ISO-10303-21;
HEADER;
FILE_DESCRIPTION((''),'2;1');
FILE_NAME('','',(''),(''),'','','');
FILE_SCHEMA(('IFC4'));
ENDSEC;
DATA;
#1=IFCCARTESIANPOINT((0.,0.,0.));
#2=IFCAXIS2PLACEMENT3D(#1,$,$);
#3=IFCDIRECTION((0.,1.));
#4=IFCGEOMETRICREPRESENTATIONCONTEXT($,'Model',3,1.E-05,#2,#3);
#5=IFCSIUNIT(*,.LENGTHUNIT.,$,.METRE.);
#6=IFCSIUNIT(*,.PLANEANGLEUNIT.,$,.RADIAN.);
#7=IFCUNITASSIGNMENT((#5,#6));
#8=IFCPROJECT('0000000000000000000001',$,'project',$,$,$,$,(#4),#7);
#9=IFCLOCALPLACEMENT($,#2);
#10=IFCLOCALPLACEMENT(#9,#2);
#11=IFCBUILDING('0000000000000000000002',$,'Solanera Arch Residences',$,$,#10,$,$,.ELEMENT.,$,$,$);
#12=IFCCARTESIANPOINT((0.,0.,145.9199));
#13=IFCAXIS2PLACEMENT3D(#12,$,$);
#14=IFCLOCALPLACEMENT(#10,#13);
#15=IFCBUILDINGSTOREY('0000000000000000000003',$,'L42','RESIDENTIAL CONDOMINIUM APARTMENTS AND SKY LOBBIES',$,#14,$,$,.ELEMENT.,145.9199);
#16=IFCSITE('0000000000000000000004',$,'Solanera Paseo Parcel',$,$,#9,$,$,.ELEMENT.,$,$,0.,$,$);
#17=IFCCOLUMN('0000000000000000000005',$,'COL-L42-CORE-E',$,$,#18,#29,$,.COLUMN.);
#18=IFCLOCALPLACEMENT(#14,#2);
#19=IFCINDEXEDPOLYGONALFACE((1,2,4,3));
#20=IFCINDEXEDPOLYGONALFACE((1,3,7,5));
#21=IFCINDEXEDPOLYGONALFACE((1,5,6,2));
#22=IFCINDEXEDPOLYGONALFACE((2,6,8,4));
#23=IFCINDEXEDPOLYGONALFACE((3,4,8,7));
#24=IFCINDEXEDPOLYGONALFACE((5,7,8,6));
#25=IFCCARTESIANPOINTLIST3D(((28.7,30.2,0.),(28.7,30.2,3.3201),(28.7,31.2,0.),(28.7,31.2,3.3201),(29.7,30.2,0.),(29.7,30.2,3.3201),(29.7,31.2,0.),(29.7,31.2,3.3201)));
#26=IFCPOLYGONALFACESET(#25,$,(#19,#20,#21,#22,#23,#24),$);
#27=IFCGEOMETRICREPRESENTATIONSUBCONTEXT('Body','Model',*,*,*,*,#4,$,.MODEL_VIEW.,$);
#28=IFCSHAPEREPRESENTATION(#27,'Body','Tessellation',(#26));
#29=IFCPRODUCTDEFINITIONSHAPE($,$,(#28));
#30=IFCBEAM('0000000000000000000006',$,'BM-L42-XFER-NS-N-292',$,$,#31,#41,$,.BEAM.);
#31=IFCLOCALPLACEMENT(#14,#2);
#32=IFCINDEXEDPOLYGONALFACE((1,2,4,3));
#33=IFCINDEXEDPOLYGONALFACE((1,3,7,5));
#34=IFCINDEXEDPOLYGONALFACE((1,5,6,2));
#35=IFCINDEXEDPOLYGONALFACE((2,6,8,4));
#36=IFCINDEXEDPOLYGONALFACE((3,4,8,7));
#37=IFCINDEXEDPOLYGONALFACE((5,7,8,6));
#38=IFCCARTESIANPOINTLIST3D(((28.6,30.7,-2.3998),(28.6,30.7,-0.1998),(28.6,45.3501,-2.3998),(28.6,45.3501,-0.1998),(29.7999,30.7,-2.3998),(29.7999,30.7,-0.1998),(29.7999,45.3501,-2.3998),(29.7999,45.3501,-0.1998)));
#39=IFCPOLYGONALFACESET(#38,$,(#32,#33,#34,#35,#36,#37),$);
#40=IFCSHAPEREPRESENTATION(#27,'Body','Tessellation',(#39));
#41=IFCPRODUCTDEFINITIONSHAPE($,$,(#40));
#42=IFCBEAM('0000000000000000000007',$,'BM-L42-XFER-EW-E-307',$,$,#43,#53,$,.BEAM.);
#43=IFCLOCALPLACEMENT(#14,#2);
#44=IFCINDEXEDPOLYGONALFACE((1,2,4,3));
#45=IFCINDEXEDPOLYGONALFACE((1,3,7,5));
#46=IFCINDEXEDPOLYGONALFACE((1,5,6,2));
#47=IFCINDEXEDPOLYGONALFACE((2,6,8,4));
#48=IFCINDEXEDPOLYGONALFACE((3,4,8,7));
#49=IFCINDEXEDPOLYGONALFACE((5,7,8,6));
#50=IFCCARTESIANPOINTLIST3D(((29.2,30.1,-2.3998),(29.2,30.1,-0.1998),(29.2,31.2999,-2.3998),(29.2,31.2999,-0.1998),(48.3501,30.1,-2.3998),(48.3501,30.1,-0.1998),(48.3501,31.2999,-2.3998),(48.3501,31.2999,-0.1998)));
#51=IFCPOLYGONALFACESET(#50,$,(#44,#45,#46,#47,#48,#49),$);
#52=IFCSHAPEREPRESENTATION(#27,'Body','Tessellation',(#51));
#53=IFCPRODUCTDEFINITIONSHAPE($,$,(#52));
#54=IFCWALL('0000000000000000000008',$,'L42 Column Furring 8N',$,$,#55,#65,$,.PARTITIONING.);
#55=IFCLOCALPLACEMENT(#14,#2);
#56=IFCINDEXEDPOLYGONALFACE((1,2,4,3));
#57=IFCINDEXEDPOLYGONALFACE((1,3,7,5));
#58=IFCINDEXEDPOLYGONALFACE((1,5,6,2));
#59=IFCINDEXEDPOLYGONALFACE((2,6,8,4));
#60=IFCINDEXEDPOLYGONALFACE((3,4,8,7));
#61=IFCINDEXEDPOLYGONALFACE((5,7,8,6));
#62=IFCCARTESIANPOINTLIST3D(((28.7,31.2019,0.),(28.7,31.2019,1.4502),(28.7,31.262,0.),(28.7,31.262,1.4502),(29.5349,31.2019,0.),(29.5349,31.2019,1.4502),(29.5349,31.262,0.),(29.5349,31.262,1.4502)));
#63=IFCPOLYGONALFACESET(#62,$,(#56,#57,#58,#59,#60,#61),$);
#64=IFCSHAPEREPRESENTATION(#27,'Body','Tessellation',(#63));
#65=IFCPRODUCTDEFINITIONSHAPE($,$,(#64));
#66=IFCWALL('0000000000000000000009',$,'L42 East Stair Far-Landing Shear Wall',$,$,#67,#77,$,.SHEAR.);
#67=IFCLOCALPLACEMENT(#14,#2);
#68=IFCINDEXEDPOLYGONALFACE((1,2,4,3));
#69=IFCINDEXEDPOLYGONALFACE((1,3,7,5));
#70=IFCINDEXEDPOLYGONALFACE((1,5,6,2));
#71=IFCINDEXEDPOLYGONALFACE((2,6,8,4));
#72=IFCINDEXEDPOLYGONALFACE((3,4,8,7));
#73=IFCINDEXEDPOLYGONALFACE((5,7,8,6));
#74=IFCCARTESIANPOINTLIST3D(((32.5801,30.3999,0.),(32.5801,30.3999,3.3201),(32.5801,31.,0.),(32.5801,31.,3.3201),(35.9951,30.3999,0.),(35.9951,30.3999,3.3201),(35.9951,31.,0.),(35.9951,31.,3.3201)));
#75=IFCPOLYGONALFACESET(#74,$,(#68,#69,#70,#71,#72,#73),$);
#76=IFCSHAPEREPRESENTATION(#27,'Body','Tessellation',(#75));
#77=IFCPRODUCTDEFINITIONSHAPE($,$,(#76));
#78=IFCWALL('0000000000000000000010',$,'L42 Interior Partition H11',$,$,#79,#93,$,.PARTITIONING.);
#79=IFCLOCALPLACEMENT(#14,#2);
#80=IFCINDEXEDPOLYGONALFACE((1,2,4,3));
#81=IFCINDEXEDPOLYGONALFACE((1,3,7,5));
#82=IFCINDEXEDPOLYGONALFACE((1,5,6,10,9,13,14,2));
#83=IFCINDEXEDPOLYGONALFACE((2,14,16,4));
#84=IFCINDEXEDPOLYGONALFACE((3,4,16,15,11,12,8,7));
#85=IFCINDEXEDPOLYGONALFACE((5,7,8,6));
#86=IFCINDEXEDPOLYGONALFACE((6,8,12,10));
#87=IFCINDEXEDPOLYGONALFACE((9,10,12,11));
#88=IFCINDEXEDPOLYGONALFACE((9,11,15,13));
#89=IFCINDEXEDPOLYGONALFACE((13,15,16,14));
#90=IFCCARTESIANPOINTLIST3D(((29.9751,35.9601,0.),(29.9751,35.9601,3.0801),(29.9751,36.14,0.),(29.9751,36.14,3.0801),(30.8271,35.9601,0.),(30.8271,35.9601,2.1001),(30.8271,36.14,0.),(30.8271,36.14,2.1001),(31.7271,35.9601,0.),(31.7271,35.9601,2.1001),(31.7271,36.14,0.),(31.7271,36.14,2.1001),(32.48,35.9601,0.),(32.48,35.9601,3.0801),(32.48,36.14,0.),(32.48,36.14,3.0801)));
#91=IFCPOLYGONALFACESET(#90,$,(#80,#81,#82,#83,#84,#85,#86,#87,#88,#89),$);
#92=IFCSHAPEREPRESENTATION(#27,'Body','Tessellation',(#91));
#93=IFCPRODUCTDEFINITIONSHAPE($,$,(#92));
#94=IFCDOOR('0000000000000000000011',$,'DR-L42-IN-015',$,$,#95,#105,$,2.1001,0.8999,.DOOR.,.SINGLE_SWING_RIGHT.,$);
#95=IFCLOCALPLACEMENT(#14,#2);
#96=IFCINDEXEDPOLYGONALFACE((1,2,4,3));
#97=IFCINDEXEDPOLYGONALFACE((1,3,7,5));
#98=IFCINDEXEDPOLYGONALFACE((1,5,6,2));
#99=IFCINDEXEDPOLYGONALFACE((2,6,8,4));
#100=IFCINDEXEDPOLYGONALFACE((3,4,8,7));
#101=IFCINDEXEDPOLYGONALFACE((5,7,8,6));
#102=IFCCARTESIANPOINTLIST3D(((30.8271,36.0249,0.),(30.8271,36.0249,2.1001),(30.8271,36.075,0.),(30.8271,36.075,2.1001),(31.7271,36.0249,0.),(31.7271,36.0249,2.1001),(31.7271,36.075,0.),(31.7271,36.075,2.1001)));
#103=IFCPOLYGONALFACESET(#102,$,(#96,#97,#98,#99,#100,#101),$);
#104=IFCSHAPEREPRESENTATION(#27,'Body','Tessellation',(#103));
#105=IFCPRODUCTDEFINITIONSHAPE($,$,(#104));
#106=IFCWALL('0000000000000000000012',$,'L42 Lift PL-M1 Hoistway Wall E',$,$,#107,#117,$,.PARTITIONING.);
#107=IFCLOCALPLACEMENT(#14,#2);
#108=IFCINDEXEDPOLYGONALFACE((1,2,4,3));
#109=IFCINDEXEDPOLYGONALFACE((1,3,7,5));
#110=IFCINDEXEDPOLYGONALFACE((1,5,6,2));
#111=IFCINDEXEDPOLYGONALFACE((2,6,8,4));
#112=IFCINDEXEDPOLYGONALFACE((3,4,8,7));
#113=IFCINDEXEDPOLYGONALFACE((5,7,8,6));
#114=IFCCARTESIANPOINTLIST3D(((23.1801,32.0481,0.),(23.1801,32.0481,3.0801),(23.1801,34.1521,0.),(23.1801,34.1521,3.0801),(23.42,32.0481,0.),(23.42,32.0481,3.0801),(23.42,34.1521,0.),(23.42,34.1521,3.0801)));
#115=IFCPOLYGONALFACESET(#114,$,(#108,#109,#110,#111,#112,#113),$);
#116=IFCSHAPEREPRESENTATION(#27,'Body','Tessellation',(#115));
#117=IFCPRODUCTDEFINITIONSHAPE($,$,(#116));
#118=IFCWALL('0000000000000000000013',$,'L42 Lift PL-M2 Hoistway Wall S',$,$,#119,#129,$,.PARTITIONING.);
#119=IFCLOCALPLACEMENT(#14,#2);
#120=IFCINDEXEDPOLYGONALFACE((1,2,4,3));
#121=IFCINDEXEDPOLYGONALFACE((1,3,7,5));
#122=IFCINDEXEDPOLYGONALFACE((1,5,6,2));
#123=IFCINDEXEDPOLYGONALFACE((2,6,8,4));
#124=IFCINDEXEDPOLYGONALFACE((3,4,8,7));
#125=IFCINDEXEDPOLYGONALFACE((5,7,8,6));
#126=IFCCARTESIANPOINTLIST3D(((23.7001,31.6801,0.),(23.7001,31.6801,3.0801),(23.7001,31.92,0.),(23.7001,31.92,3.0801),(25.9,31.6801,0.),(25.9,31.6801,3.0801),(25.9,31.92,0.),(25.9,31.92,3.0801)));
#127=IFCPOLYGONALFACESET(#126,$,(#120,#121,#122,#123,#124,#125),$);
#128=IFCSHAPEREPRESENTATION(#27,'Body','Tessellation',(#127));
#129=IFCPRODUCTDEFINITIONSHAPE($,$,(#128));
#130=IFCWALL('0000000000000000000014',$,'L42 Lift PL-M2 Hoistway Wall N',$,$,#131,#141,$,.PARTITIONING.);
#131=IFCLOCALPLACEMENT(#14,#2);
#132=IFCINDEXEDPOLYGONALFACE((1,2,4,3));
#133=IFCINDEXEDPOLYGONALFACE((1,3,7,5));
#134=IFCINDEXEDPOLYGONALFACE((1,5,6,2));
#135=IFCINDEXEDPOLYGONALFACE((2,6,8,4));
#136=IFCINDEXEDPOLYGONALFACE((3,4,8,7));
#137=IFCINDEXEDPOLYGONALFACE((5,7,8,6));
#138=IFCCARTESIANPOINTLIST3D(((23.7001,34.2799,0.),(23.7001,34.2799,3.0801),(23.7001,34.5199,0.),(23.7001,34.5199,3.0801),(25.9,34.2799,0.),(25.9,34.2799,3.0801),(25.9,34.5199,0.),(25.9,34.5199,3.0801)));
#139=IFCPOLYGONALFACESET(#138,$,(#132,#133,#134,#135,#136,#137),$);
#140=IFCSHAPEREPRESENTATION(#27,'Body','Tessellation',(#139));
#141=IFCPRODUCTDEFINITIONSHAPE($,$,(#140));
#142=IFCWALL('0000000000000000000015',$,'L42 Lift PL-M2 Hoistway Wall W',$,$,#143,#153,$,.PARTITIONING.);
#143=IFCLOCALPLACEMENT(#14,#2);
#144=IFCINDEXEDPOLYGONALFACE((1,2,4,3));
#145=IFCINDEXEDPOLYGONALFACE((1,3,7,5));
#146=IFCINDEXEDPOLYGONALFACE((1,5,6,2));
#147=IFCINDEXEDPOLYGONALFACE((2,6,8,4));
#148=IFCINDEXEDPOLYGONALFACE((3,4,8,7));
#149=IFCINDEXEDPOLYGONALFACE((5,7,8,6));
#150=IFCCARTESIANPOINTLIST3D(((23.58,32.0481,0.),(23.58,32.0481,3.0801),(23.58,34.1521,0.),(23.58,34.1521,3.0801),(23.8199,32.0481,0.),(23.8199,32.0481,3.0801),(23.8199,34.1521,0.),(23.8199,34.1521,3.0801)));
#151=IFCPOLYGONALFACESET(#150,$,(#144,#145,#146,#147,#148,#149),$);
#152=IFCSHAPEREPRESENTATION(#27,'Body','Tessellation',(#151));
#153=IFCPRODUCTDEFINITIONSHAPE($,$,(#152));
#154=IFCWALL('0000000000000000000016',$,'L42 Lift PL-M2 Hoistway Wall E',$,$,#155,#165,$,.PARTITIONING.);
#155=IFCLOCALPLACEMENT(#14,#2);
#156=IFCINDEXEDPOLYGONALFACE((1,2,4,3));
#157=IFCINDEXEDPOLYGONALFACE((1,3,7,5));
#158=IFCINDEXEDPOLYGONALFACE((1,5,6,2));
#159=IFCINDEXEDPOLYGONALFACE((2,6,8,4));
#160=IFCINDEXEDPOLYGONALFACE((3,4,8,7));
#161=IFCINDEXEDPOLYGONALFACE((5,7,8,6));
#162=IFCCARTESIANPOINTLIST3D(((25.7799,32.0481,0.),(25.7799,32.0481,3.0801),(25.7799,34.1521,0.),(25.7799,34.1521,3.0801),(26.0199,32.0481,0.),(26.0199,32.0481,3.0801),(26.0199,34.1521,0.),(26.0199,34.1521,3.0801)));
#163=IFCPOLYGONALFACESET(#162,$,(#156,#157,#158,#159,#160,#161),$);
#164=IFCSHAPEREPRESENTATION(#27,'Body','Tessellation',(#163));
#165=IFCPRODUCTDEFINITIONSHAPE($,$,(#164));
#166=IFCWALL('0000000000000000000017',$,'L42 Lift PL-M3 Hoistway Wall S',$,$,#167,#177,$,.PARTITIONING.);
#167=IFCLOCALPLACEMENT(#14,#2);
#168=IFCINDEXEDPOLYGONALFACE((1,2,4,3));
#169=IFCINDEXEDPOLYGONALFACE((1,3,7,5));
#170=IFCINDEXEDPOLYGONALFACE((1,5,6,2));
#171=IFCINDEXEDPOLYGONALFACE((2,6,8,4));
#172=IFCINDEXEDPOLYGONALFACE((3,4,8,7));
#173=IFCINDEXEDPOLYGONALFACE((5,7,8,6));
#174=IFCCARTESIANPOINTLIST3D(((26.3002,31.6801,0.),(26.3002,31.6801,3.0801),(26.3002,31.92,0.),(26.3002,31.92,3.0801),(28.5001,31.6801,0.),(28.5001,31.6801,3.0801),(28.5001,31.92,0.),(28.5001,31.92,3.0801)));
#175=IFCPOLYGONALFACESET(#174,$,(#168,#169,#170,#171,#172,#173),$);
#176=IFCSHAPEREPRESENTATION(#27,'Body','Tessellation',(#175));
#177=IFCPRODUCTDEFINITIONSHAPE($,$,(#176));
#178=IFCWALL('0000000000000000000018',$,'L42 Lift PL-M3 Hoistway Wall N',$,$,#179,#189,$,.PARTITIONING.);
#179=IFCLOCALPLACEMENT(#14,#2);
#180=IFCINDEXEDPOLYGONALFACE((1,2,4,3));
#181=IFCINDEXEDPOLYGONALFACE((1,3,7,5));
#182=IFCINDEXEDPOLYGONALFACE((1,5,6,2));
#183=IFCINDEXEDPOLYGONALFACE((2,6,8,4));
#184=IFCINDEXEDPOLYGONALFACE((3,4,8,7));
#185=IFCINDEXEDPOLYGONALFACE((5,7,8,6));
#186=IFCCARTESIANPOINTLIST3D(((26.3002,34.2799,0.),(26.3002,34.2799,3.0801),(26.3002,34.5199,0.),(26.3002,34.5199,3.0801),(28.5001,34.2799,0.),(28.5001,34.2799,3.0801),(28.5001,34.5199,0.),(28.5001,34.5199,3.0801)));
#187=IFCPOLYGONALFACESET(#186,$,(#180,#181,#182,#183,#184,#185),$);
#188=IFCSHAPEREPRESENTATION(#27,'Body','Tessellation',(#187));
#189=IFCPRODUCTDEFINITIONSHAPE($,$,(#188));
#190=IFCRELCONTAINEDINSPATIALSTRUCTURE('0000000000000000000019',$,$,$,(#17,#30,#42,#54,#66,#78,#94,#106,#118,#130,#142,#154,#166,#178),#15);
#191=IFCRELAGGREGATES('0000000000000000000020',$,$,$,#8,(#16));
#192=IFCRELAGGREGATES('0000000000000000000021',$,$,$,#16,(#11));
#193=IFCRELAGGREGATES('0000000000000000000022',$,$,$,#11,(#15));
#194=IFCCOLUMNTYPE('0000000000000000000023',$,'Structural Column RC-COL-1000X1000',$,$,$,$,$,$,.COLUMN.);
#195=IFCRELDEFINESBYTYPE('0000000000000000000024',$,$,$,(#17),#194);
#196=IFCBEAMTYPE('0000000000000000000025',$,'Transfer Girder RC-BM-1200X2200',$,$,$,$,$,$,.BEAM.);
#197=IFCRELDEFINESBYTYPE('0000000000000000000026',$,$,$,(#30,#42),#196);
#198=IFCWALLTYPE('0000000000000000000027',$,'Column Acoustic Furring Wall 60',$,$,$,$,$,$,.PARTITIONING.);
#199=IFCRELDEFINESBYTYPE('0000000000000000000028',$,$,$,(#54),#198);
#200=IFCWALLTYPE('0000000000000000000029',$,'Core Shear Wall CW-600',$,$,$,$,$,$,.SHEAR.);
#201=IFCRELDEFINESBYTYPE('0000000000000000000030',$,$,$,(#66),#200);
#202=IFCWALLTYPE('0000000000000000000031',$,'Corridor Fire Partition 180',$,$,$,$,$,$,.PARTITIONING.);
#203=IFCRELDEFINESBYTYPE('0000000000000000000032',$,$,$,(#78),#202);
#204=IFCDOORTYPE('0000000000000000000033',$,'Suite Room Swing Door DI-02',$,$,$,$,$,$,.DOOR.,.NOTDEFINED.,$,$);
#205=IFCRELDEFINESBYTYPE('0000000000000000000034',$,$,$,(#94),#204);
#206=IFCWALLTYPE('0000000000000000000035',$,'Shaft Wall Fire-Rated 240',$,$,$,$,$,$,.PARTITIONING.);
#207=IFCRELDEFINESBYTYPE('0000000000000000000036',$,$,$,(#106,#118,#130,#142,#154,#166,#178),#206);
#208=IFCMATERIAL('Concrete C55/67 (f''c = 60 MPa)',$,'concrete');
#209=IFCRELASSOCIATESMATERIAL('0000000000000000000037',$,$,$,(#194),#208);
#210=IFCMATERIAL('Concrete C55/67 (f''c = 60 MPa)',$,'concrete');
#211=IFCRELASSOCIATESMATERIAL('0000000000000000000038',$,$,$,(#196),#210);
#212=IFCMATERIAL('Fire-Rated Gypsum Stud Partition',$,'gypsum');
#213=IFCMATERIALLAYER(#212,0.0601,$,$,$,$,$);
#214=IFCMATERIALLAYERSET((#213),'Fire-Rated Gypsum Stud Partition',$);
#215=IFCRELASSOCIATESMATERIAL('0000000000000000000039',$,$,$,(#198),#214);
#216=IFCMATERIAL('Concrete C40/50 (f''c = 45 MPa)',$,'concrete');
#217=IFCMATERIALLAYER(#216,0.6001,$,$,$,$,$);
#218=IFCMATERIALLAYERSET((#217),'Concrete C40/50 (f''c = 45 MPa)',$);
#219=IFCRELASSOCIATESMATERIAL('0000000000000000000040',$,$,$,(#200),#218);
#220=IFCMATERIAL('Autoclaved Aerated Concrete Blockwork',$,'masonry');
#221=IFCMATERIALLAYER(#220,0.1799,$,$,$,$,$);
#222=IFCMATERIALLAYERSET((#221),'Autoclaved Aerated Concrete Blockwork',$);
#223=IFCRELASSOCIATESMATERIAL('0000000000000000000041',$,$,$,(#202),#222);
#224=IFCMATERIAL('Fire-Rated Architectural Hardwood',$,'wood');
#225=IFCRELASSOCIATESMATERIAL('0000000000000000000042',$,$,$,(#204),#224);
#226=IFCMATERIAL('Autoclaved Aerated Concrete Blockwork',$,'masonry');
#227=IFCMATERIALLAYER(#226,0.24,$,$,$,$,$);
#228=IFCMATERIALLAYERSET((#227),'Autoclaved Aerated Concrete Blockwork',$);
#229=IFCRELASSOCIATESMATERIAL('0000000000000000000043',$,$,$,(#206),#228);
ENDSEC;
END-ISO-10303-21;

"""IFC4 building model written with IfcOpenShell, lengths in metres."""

from ifc_helpers import new_model, si_unit, direction, frame, frame_2d, origin, origin_2d, place, context, subcontext, project, spatial, rectangle, extrude, material, layer, layer_set, material_profile, profile_set, type_object, element, fill, save


model = new_model("IFC4")

# Units and contexts
model_context = context("Model", 3, precision=1e-05, world=origin(), true_north=direction((0.0, 1.0)))
body_context = subcontext(model_context, "Body", "Model", "MODEL_VIEW")
ifc_project = project(units=[si_unit("LENGTHUNIT", "METRE"), si_unit("PLANEANGLEUNIT", "RADIAN")], contexts=[model_context])

# Site, building, storey
site_placement = place(None, origin())
site = spatial("IfcSite", under=ifc_project, at=site_placement, Name="Solanera Paseo Parcel", CompositionType="ELEMENT", RefElevation=0.0)
building_placement = place(site_placement, origin())
building = spatial("IfcBuilding", under=site, at=building_placement, Name="Solanera Arch Residences", CompositionType="ELEMENT")
storey_placement = place(building_placement, frame((0.0, 0.0, 145.9199)))
storey = spatial("IfcBuildingStorey", under=building, at=storey_placement, Name="L42", Description="RESIDENTIAL CONDOMINIUM APARTMENTS AND SKY LOBBIES", CompositionType="ELEMENT", Elevation=145.9199)

# Column
ifc_material_1 = material(Name="Concrete C55/67 (f'c = 60 MPa)", Category="concrete")
ifc_material_profile_1 = material_profile(ifc_material_1, rectangle(XDim=1.0, YDim=1.0, at=origin_2d()))
ifc_profile_set_1 = profile_set([ifc_material_profile_1], Name="Concrete C55/67 (f'c = 60 MPa)")
column_type = type_object("IfcColumnType", Name="Structural Column RC-COL-1000X1000", PredefinedType="COLUMN", material=ifc_profile_set_1)
column_placement = place(storey_placement, frame((29.2, 30.7, 0.0), z_axis=(0.0, 0.0, 1.0), x_axis=(1.0, 0.0, 0.0)))
element("IfcColumn", 1, at=column_placement, inside=storey, type_object=column_type, Name="COL-L42-CORE-E", PredefinedType="COLUMN", context=body_context, shape_type="SweptSolid", body=[
    extrude(rectangle(XDim=1.0, YDim=1.0, at=origin_2d()), origin(), (0.0, 0.0, 1.0), 3.3201),
])

# Beams
ifc_material_2 = material(Name="Concrete C55/67 (f'c = 60 MPa)", Category="concrete")
ifc_material_profile_2 = material_profile(ifc_material_2, rectangle(XDim=1.2, YDim=2.2, at=origin_2d()))
ifc_profile_set_2 = profile_set([ifc_material_profile_2], Name="Concrete C55/67 (f'c = 60 MPa)")
beam_type = type_object("IfcBeamType", Name="Transfer Girder RC-BM-1200X2200", PredefinedType="BEAM", material=ifc_profile_set_2)
beam_1_placement = place(storey_placement, frame((29.2, 30.7, -1.2998), z_axis=(0.0, 1.0, 0.0), x_axis=(-1.0, 0.0, 0.0)))
element("IfcBeam", 2, at=beam_1_placement, inside=storey, type_object=beam_type, Name="BM-L42-XFER-NS-N-292", PredefinedType="BEAM", context=body_context, shape_type="SweptSolid", body=[
    extrude(rectangle(XDim=1.2, YDim=2.2, at=origin_2d()), origin(), (0.0, 0.0, 1.0), 14.6501),
])
beam_2_placement = place(storey_placement, frame((29.2, 30.7, -1.2998), z_axis=(1.0, 0.0, 0.0), x_axis=(0.0, 1.0, 0.0)))
element("IfcBeam", 3, at=beam_2_placement, inside=storey, type_object=beam_type, Name="BM-L42-XFER-EW-E-307", PredefinedType="BEAM", context=body_context, shape_type="SweptSolid", body=[
    extrude(rectangle(XDim=1.2, YDim=2.2, at=origin_2d()), origin(), (0.0, 0.0, 1.0), 19.1501),
])

# Walls
ifc_material_3 = material(Name="Fire-Rated Gypsum Stud Partition", Category="gypsum")
ifc_layer_1 = layer(ifc_material_3, 0.0601)
ifc_layer_set_1 = layer_set([ifc_layer_1], Name="Fire-Rated Gypsum Stud Partition")
wall_type_1 = type_object("IfcWallType", Name="Column Acoustic Furring Wall 60", PredefinedType="PARTITIONING", material=ifc_layer_set_1)
wall_1_placement = place(storey_placement, frame((28.7, 31.2319, 0.0), z_axis=(0.0, 0.0, 1.0), x_axis=(1.0, 0.0, 0.0)))
element("IfcWall", 4, at=wall_1_placement, inside=storey, type_object=wall_type_1, Name="L42 Column Furring 8N", PredefinedType="PARTITIONING", context=body_context, shape_type="SweptSolid", body=[
    extrude(rectangle(XDim=0.835, YDim=0.0601, at=frame_2d((0.4175, 0.0))), origin(), (0.0, 0.0, 1.0), 1.4502),
])
ifc_material_4 = material(Name="Concrete C40/50 (f'c = 45 MPa)", Category="concrete")
ifc_layer_2 = layer(ifc_material_4, 0.6001)
ifc_layer_set_2 = layer_set([ifc_layer_2], Name="Concrete C40/50 (f'c = 45 MPa)")
wall_type_2 = type_object("IfcWallType", Name="Core Shear Wall CW-600", PredefinedType="SHEAR", material=ifc_layer_set_2)
wall_2_placement = place(storey_placement, frame((32.5801, 30.7, 0.0), z_axis=(0.0, 0.0, 1.0), x_axis=(1.0, 0.0, 0.0)))
element("IfcWall", 5, at=wall_2_placement, inside=storey, type_object=wall_type_2, Name="L42 East Stair Far-Landing Shear Wall", PredefinedType="SHEAR", context=body_context, shape_type="SweptSolid", body=[
    extrude(rectangle(XDim=3.415, YDim=0.6001, at=frame_2d((1.7075, 0.0))), origin(), (0.0, 0.0, 1.0), 3.3201),
])

# Wall, opening, door
ifc_material_5 = material(Name="Autoclaved Aerated Concrete Blockwork", Category="masonry")
ifc_layer_3 = layer(ifc_material_5, 0.1799)
ifc_layer_set_3 = layer_set([ifc_layer_3], Name="Autoclaved Aerated Concrete Blockwork")
wall_type_3 = type_object("IfcWallType", Name="Corridor Fire Partition 180", PredefinedType="PARTITIONING", material=ifc_layer_set_3)
wall_3_placement = place(storey_placement, frame((29.9751, 36.05, 0.0), z_axis=(0.0, 0.0, 1.0), x_axis=(1.0, 0.0, 0.0)))
wall_3 = element("IfcWall", 6, at=wall_3_placement, inside=storey, type_object=wall_type_3, Name="L42 Interior Partition H11", PredefinedType="PARTITIONING", context=body_context, shape_type="SweptSolid", body=[
    extrude(rectangle(XDim=2.5049, YDim=0.1799, at=frame_2d((1.2524, 0.0))), origin(), (0.0, 0.0, 1.0), 3.0801),
])
opening_1_placement = place(wall_3_placement, frame((0.8521, 0.0, 0.0)))
opening_1 = element("IfcOpeningElement", 7, at=opening_1_placement, cuts=wall_3, PredefinedType="OPENING", context=body_context, shape_type="SweptSolid", body=[
    extrude(rectangle(XDim=0.8999, YDim=2.1001, at=frame_2d((0.45, 1.05))), frame((0.0, 0.1001, 0.0), z_axis=(0.0, -1.0, 0.0), x_axis=(1.0, 0.0, 0.0)), (0.0, 0.0, 1.0), 0.1999),
])
ifc_material_6 = material(Name="Fire-Rated Architectural Hardwood", Category="wood")
door_type_1 = type_object("IfcDoorType", Name="Suite Room Swing Door DI-02", OperationType="NOTDEFINED", PredefinedType="DOOR", material=ifc_material_6)
door_1_placement = place(opening_1_placement, origin())
door_1 = element("IfcDoor", 8, at=door_1_placement, inside=storey, type_object=door_type_1, Name="DR-L42-IN-015", OperationType="SINGLE_SWING_RIGHT", OverallHeight=2.1001, OverallWidth=0.8999, PredefinedType="DOOR", context=body_context, shape_type="SweptSolid", body=[
    extrude(rectangle(XDim=0.8999, YDim=2.1001, at=frame_2d((0.45, 1.05))), frame((0.0, 0.0249, 0.0), z_axis=(0.0, -1.0, 0.0), x_axis=(1.0, 0.0, 0.0)), (0.0, 0.0, 1.0), 0.05),
])
fill(opening_1, door_1)

# Walls
ifc_material_7 = material(Name="Autoclaved Aerated Concrete Blockwork", Category="masonry")
ifc_layer_4 = layer(ifc_material_7, 0.24)
ifc_layer_set_4 = layer_set([ifc_layer_4], Name="Autoclaved Aerated Concrete Blockwork")
wall_type_4 = type_object("IfcWallType", Name="Shaft Wall Fire-Rated 240", PredefinedType="PARTITIONING", material=ifc_layer_set_4)
wall_4_placement = place(storey_placement, frame((23.3, 32.0481, 0.0), z_axis=(0.0, 0.0, 1.0), x_axis=(0.0, 1.0, 0.0)))
element("IfcWall", 9, at=wall_4_placement, inside=storey, type_object=wall_type_4, Name="L42 Lift PL-M1 Hoistway Wall E", PredefinedType="PARTITIONING", context=body_context, shape_type="SweptSolid", body=[
    extrude(rectangle(XDim=2.104, YDim=0.24, at=frame_2d((1.052, 0.0))), origin(), (0.0, 0.0, 1.0), 3.0801),
])
for number, where, z_axis, x_axis, name in (
    (10, (23.7, 31.8, 0.0), (0.0, 0.0, 1.0), (1.0, 0.0, 0.0), "L42 Lift PL-M2 Hoistway Wall S"),
    (11, (23.7, 34.3999, 0.0), (0.0, 0.0, 1.0), (1.0, 0.0, 0.0), "L42 Lift PL-M2 Hoistway Wall N"),
):
    element("IfcWall", number, at=place(storey_placement, frame(where, z_axis=z_axis, x_axis=x_axis)), inside=storey, type_object=wall_type_4, Name=name, PredefinedType="PARTITIONING", context=body_context, shape_type="SweptSolid", body=[
        extrude(rectangle(XDim=2.2, YDim=0.24, at=frame_2d((1.1001, 0.0))), origin(), (0.0, 0.0, 1.0), 3.0801),
    ])
for number, where, z_axis, x_axis, name in (
    (12, (23.7, 32.0481, 0.0), (0.0, 0.0, 1.0), (0.0, 1.0, 0.0), "L42 Lift PL-M2 Hoistway Wall W"),
    (13, (25.8999, 32.0481, 0.0), (0.0, 0.0, 1.0), (0.0, 1.0, 0.0), "L42 Lift PL-M2 Hoistway Wall E"),
):
    element("IfcWall", number, at=place(storey_placement, frame(where, z_axis=z_axis, x_axis=x_axis)), inside=storey, type_object=wall_type_4, Name=name, PredefinedType="PARTITIONING", context=body_context, shape_type="SweptSolid", body=[
        extrude(rectangle(XDim=2.104, YDim=0.24, at=frame_2d((1.052, 0.0))), origin(), (0.0, 0.0, 1.0), 3.0801),
    ])
for number, where, z_axis, x_axis, name in (
    (14, (26.3, 31.8, 0.0), (0.0, 0.0, 1.0), (1.0, 0.0, 0.0), "L42 Lift PL-M3 Hoistway Wall S"),
    (15, (26.3, 34.3999, 0.0), (0.0, 0.0, 1.0), (1.0, 0.0, 0.0), "L42 Lift PL-M3 Hoistway Wall N"),
):
    element("IfcWall", number, at=place(storey_placement, frame(where, z_axis=z_axis, x_axis=x_axis)), inside=storey, type_object=wall_type_4, Name=name, PredefinedType="PARTITIONING", context=body_context, shape_type="SweptSolid", body=[
        extrude(rectangle(XDim=2.2, YDim=0.24, at=frame_2d((1.1001, 0.0))), origin(), (0.0, 0.0, 1.0), 3.0801),
    ])

save(model, "model.ifc")
